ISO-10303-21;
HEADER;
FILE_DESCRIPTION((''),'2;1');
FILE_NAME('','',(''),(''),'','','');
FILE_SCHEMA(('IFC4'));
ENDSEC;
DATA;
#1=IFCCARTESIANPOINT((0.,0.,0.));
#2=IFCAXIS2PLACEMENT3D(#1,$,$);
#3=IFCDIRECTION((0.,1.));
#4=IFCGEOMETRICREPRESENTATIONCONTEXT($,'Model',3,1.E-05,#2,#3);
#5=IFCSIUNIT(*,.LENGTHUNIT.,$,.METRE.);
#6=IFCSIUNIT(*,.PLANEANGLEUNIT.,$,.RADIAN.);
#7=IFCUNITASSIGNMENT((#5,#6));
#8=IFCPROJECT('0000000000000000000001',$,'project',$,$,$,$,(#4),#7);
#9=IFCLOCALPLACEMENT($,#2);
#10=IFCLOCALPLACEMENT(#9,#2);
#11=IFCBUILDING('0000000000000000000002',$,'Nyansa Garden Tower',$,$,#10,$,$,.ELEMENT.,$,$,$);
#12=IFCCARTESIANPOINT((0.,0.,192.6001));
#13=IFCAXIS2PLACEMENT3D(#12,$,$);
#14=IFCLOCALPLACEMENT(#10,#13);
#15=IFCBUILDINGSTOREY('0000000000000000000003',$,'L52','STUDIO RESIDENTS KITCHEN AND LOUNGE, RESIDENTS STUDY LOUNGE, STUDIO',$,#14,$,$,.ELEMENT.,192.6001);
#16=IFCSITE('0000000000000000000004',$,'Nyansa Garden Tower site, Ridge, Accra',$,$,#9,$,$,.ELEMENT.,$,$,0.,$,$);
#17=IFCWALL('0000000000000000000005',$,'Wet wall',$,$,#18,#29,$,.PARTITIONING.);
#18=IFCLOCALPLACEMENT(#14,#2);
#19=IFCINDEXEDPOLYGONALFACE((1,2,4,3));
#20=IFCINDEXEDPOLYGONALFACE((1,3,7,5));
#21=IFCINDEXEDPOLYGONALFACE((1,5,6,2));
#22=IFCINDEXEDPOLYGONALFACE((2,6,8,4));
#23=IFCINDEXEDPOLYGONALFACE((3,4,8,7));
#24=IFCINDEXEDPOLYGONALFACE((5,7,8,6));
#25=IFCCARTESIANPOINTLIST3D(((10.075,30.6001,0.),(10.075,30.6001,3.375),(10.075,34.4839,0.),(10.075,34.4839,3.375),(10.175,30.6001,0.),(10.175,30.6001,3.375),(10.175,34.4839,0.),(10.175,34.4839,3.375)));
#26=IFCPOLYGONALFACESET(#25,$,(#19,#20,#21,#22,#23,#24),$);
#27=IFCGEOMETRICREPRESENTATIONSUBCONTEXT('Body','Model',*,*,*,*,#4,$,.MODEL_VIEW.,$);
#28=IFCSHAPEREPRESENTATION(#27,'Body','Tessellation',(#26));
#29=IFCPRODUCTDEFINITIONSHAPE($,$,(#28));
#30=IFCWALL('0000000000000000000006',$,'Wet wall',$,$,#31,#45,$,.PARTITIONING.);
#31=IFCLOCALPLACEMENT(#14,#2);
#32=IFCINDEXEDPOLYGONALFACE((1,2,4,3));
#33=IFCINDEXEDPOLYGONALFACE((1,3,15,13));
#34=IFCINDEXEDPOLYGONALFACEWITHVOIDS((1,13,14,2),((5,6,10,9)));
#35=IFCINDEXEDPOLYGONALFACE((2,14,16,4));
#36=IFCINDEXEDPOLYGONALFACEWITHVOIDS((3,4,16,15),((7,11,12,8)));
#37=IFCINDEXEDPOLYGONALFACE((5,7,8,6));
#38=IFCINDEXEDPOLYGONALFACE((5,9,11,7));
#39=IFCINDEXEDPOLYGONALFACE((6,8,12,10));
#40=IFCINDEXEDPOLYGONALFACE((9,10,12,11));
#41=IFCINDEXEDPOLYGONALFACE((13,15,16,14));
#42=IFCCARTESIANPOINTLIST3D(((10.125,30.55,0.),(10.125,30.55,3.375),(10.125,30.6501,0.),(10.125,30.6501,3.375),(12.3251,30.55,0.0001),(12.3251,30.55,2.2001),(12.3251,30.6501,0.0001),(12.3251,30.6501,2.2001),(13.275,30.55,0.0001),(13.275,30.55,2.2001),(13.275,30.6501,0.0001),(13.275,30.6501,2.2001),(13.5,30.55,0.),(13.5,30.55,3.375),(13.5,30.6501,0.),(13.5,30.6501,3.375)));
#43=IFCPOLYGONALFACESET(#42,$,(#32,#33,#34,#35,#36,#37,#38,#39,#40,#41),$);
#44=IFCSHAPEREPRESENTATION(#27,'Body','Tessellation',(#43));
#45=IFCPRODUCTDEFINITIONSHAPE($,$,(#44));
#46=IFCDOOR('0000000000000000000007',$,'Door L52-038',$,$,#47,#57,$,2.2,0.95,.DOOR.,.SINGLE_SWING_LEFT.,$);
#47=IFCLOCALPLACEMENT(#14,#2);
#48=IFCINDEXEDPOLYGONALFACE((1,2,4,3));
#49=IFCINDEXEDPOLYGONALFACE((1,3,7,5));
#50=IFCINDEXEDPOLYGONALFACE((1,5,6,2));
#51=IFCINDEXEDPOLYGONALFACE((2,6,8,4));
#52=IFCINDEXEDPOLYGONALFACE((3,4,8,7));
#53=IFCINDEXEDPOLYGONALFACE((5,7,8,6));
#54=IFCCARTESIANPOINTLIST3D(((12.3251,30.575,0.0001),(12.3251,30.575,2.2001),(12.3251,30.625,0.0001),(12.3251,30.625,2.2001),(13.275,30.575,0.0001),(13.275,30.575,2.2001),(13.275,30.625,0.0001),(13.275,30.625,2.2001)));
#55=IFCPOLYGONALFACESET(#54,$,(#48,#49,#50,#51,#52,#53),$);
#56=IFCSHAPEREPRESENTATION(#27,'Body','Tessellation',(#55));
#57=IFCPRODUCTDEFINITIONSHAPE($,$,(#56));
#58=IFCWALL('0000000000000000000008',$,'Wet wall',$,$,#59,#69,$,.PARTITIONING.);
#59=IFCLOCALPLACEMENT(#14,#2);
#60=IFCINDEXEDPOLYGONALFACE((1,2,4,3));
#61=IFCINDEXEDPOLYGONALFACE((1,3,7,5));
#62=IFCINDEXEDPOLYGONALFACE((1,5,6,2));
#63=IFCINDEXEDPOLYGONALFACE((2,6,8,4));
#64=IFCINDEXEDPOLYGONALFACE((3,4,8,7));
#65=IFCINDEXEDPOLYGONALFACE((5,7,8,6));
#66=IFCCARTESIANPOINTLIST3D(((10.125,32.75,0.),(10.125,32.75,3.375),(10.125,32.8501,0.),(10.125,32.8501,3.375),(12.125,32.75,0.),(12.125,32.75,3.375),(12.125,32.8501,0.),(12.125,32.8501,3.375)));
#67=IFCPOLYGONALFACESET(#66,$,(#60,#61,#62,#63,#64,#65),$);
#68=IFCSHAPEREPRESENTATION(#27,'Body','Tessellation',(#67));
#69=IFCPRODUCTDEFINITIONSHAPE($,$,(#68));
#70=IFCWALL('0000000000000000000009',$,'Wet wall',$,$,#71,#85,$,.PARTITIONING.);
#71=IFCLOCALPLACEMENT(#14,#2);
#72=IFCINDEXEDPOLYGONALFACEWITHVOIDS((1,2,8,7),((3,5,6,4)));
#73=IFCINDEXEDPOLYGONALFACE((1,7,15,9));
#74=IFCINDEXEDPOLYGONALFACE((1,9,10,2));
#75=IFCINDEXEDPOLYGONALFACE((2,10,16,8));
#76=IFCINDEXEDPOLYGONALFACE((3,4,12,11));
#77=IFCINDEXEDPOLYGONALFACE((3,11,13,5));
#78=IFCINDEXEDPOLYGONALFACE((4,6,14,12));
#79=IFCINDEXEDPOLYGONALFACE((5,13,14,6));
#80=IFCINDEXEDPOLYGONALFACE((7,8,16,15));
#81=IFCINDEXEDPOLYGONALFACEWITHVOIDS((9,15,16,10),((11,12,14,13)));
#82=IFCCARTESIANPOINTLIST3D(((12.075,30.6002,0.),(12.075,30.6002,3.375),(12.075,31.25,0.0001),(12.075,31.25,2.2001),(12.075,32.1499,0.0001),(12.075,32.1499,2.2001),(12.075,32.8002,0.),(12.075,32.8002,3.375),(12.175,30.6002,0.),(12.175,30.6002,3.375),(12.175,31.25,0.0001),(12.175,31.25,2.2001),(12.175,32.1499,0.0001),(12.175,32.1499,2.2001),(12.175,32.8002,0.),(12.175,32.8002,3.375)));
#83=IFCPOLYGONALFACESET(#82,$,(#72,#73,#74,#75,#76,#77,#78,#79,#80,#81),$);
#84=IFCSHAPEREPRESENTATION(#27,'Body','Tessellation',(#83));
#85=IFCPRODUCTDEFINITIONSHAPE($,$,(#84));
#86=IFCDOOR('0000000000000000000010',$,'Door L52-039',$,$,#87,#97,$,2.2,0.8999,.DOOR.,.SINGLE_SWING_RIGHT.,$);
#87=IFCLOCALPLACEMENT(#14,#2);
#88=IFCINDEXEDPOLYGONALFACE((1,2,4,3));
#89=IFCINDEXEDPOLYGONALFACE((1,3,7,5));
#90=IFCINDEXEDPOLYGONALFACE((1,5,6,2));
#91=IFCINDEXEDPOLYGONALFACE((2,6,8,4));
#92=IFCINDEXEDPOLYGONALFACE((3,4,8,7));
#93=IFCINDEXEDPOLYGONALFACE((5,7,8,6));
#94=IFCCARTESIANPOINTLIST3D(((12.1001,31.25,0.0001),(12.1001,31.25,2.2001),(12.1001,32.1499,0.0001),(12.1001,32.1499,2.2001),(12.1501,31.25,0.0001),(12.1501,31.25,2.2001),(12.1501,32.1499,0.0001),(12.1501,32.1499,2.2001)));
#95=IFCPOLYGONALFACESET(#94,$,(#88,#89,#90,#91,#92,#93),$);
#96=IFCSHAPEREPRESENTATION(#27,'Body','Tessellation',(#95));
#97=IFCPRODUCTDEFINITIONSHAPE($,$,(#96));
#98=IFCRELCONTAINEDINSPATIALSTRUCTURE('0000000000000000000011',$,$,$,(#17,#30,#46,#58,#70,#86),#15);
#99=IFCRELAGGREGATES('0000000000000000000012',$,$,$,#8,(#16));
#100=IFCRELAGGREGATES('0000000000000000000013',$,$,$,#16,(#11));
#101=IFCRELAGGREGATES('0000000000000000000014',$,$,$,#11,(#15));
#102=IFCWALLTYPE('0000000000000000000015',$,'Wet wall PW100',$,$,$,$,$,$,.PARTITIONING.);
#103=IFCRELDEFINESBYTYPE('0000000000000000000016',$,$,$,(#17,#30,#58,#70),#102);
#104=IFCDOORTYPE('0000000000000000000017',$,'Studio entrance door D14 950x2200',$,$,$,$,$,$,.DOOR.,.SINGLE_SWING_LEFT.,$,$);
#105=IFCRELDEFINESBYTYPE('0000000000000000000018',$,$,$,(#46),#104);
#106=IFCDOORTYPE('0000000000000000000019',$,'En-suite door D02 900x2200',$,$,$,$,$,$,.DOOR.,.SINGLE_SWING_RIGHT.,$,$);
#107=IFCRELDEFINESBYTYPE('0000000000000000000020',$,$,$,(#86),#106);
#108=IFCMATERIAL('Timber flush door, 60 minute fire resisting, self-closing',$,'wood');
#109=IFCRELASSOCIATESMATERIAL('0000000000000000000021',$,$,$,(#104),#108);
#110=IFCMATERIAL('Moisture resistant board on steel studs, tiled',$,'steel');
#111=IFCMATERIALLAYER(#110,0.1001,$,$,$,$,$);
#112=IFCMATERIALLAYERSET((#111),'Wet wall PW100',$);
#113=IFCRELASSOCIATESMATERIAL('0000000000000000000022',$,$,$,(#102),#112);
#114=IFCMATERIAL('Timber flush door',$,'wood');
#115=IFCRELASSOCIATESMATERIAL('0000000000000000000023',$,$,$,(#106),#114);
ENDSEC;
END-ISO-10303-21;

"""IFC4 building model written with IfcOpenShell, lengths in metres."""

from ifc_helpers import new_model, si_unit, direction, frame, frame_2d, origin, place, context, subcontext, project, spatial, rectangle, extrude, material, layer, layer_set, type_object, element, fill, save


model = new_model("IFC4")

# Units and contexts
model_context = context("Model", 3, precision=1e-05, world=origin(), true_north=direction((0.0, 1.0)))
body_context = subcontext(model_context, "Body", "Model", "MODEL_VIEW")
ifc_project = project(units=[si_unit("LENGTHUNIT", "METRE"), si_unit("PLANEANGLEUNIT", "RADIAN")], contexts=[model_context])

# Site, building, storey
site_placement = place(None, origin())
site = spatial("IfcSite", under=ifc_project, at=site_placement, Name="Nyansa Garden Tower site, Ridge, Accra", CompositionType="ELEMENT", RefElevation=0.0)
building_placement = place(site_placement, origin())
building = spatial("IfcBuilding", under=site, at=building_placement, Name="Nyansa Garden Tower", CompositionType="ELEMENT")
storey_placement = place(building_placement, frame((0.0, 0.0, 192.6001)))
storey = spatial("IfcBuildingStorey", under=building, at=storey_placement, Name="L52", Description="STUDIO RESIDENTS KITCHEN AND LOUNGE, RESIDENTS STUDY LOUNGE, STUDIO", CompositionType="ELEMENT", Elevation=192.6001)

# Shared definitions
ifc_material_1 = material(Name="Timber flush door, 60 minute fire resisting, self-closing", Category="wood")
door_type_1 = type_object("IfcDoorType", Name="Studio entrance door D14 950x2200", OperationType="SINGLE_SWING_LEFT", PredefinedType="DOOR", material=ifc_material_1)

# Wall
ifc_material_2 = material(Name="Moisture resistant board on steel studs, tiled", Category="steel")
ifc_layer_1 = layer(ifc_material_2, 0.1001)
ifc_layer_set_1 = layer_set([ifc_layer_1], Name="Wet wall PW100")
wall_type_1 = type_object("IfcWallType", Name="Wet wall PW100", PredefinedType="PARTITIONING", material=ifc_layer_set_1)
wall_1_placement = place(storey_placement, frame((10.125, 30.6001, 0.0), z_axis=(0.0, 0.0, 1.0), x_axis=(0.0, 1.0, 0.0)))
element("IfcWall", 1, at=wall_1_placement, inside=storey, type_object=wall_type_1, Name="Wet wall", PredefinedType="PARTITIONING", context=body_context, shape_type="SweptSolid", body=[
    extrude(rectangle(XDim=3.8838, YDim=0.1001, at=frame_2d((1.9419, 0.0))), origin(), (0.0, 0.0, 1.0), 3.375),
])

# Wall, opening, door
wall_2_placement = place(storey_placement, frame((10.125, 30.6001, 0.0), z_axis=(0.0, 0.0, 1.0), x_axis=(1.0, 0.0, 0.0)))
wall_2 = element("IfcWall", 2, at=wall_2_placement, inside=storey, type_object=wall_type_1, Name="Wet wall", PredefinedType="PARTITIONING", context=body_context, shape_type="SweptSolid", body=[
    extrude(rectangle(XDim=3.375, YDim=0.1001, at=frame_2d((1.6875, 0.0))), origin(), (0.0, 0.0, 1.0), 3.375),
])
opening_1_placement = place(wall_2_placement, frame((2.2, 0.0, 0.0)))
opening_1 = element("IfcOpeningElement", 3, at=opening_1_placement, cuts=wall_2, PredefinedType="OPENING", context=body_context, shape_type="SweptSolid", body=[
    extrude(rectangle(XDim=0.95, YDim=2.2, at=frame_2d((0.4751, 1.1001))), frame((0.0, 0.0601, 0.0), z_axis=(0.0, -1.0, 0.0), x_axis=(1.0, 0.0, 0.0)), (0.0, 0.0, 1.0), 0.1201),
])
door_1_placement = place(opening_1_placement, origin())
door_1 = element("IfcDoor", 4, at=door_1_placement, inside=storey, type_object=door_type_1, Name="Door L52-038", OperationType="SINGLE_SWING_LEFT", OverallHeight=2.2, OverallWidth=0.95, PredefinedType="DOOR", context=body_context, shape_type="SweptSolid", body=[
    extrude(rectangle(XDim=0.95, YDim=2.2, at=frame_2d((0.4751, 1.1001))), frame((0.0, 0.0249, 0.0), z_axis=(0.0, -1.0, 0.0), x_axis=(1.0, 0.0, 0.0)), (0.0, 0.0, 1.0), 0.05),
])
fill(opening_1, door_1)

# Wall
wall_3_placement = place(storey_placement, frame((10.125, 32.8, 0.0), z_axis=(0.0, 0.0, 1.0), x_axis=(1.0, 0.0, 0.0)))
element("IfcWall", 5, at=wall_3_placement, inside=storey, type_object=wall_type_1, Name="Wet wall", PredefinedType="PARTITIONING", context=body_context, shape_type="SweptSolid", body=[
    extrude(rectangle(XDim=2.0, YDim=0.1001, at=frame_2d((1.0, 0.0))), origin(), (0.0, 0.0, 1.0), 3.375),
])

# Wall, opening, door
wall_4_placement = place(storey_placement, frame((12.125, 30.6001, 0.0), z_axis=(0.0, 0.0, 1.0), x_axis=(0.0, 1.0, 0.0)))
wall_4 = element("IfcWall", 6, at=wall_4_placement, inside=storey, type_object=wall_type_1, Name="Wet wall", PredefinedType="PARTITIONING", context=body_context, shape_type="SweptSolid", body=[
    extrude(rectangle(XDim=2.2, YDim=0.1001, at=frame_2d((1.1001, 0.0))), origin(), (0.0, 0.0, 1.0), 3.375),
])
opening_2_placement = place(wall_4_placement, frame((0.6499, 0.0, 0.0)))
opening_2 = element("IfcOpeningElement", 7, at=opening_2_placement, cuts=wall_4, PredefinedType="OPENING", context=body_context, shape_type="SweptSolid", body=[
    extrude(rectangle(XDim=0.8999, YDim=2.2, at=frame_2d((0.45, 1.1001))), frame((0.0, 0.0601, 0.0), z_axis=(0.0, -1.0, 0.0), x_axis=(1.0, 0.0, 0.0)), (0.0, 0.0, 1.0), 0.1201),
])
ifc_material_3 = material(Name="Timber flush door", Category="wood")
door_type_2 = type_object("IfcDoorType", Name="En-suite door D02 900x2200", OperationType="SINGLE_SWING_RIGHT", PredefinedType="DOOR", material=ifc_material_3)
door_2_placement = place(opening_2_placement, origin())
door_2 = element("IfcDoor", 8, at=door_2_placement, inside=storey, type_object=door_type_2, Name="Door L52-039", OperationType="SINGLE_SWING_RIGHT", OverallHeight=2.2, OverallWidth=0.8999, PredefinedType="DOOR", context=body_context, shape_type="SweptSolid", body=[
    extrude(rectangle(XDim=0.8999, YDim=2.2, at=frame_2d((0.45, 1.1001))), frame((0.0, 0.0249, 0.0), z_axis=(0.0, -1.0, 0.0), x_axis=(1.0, 0.0, 0.0)), (0.0, 0.0, 1.0), 0.05),
])
fill(opening_2, door_2)

save(model, "model.ifc")
